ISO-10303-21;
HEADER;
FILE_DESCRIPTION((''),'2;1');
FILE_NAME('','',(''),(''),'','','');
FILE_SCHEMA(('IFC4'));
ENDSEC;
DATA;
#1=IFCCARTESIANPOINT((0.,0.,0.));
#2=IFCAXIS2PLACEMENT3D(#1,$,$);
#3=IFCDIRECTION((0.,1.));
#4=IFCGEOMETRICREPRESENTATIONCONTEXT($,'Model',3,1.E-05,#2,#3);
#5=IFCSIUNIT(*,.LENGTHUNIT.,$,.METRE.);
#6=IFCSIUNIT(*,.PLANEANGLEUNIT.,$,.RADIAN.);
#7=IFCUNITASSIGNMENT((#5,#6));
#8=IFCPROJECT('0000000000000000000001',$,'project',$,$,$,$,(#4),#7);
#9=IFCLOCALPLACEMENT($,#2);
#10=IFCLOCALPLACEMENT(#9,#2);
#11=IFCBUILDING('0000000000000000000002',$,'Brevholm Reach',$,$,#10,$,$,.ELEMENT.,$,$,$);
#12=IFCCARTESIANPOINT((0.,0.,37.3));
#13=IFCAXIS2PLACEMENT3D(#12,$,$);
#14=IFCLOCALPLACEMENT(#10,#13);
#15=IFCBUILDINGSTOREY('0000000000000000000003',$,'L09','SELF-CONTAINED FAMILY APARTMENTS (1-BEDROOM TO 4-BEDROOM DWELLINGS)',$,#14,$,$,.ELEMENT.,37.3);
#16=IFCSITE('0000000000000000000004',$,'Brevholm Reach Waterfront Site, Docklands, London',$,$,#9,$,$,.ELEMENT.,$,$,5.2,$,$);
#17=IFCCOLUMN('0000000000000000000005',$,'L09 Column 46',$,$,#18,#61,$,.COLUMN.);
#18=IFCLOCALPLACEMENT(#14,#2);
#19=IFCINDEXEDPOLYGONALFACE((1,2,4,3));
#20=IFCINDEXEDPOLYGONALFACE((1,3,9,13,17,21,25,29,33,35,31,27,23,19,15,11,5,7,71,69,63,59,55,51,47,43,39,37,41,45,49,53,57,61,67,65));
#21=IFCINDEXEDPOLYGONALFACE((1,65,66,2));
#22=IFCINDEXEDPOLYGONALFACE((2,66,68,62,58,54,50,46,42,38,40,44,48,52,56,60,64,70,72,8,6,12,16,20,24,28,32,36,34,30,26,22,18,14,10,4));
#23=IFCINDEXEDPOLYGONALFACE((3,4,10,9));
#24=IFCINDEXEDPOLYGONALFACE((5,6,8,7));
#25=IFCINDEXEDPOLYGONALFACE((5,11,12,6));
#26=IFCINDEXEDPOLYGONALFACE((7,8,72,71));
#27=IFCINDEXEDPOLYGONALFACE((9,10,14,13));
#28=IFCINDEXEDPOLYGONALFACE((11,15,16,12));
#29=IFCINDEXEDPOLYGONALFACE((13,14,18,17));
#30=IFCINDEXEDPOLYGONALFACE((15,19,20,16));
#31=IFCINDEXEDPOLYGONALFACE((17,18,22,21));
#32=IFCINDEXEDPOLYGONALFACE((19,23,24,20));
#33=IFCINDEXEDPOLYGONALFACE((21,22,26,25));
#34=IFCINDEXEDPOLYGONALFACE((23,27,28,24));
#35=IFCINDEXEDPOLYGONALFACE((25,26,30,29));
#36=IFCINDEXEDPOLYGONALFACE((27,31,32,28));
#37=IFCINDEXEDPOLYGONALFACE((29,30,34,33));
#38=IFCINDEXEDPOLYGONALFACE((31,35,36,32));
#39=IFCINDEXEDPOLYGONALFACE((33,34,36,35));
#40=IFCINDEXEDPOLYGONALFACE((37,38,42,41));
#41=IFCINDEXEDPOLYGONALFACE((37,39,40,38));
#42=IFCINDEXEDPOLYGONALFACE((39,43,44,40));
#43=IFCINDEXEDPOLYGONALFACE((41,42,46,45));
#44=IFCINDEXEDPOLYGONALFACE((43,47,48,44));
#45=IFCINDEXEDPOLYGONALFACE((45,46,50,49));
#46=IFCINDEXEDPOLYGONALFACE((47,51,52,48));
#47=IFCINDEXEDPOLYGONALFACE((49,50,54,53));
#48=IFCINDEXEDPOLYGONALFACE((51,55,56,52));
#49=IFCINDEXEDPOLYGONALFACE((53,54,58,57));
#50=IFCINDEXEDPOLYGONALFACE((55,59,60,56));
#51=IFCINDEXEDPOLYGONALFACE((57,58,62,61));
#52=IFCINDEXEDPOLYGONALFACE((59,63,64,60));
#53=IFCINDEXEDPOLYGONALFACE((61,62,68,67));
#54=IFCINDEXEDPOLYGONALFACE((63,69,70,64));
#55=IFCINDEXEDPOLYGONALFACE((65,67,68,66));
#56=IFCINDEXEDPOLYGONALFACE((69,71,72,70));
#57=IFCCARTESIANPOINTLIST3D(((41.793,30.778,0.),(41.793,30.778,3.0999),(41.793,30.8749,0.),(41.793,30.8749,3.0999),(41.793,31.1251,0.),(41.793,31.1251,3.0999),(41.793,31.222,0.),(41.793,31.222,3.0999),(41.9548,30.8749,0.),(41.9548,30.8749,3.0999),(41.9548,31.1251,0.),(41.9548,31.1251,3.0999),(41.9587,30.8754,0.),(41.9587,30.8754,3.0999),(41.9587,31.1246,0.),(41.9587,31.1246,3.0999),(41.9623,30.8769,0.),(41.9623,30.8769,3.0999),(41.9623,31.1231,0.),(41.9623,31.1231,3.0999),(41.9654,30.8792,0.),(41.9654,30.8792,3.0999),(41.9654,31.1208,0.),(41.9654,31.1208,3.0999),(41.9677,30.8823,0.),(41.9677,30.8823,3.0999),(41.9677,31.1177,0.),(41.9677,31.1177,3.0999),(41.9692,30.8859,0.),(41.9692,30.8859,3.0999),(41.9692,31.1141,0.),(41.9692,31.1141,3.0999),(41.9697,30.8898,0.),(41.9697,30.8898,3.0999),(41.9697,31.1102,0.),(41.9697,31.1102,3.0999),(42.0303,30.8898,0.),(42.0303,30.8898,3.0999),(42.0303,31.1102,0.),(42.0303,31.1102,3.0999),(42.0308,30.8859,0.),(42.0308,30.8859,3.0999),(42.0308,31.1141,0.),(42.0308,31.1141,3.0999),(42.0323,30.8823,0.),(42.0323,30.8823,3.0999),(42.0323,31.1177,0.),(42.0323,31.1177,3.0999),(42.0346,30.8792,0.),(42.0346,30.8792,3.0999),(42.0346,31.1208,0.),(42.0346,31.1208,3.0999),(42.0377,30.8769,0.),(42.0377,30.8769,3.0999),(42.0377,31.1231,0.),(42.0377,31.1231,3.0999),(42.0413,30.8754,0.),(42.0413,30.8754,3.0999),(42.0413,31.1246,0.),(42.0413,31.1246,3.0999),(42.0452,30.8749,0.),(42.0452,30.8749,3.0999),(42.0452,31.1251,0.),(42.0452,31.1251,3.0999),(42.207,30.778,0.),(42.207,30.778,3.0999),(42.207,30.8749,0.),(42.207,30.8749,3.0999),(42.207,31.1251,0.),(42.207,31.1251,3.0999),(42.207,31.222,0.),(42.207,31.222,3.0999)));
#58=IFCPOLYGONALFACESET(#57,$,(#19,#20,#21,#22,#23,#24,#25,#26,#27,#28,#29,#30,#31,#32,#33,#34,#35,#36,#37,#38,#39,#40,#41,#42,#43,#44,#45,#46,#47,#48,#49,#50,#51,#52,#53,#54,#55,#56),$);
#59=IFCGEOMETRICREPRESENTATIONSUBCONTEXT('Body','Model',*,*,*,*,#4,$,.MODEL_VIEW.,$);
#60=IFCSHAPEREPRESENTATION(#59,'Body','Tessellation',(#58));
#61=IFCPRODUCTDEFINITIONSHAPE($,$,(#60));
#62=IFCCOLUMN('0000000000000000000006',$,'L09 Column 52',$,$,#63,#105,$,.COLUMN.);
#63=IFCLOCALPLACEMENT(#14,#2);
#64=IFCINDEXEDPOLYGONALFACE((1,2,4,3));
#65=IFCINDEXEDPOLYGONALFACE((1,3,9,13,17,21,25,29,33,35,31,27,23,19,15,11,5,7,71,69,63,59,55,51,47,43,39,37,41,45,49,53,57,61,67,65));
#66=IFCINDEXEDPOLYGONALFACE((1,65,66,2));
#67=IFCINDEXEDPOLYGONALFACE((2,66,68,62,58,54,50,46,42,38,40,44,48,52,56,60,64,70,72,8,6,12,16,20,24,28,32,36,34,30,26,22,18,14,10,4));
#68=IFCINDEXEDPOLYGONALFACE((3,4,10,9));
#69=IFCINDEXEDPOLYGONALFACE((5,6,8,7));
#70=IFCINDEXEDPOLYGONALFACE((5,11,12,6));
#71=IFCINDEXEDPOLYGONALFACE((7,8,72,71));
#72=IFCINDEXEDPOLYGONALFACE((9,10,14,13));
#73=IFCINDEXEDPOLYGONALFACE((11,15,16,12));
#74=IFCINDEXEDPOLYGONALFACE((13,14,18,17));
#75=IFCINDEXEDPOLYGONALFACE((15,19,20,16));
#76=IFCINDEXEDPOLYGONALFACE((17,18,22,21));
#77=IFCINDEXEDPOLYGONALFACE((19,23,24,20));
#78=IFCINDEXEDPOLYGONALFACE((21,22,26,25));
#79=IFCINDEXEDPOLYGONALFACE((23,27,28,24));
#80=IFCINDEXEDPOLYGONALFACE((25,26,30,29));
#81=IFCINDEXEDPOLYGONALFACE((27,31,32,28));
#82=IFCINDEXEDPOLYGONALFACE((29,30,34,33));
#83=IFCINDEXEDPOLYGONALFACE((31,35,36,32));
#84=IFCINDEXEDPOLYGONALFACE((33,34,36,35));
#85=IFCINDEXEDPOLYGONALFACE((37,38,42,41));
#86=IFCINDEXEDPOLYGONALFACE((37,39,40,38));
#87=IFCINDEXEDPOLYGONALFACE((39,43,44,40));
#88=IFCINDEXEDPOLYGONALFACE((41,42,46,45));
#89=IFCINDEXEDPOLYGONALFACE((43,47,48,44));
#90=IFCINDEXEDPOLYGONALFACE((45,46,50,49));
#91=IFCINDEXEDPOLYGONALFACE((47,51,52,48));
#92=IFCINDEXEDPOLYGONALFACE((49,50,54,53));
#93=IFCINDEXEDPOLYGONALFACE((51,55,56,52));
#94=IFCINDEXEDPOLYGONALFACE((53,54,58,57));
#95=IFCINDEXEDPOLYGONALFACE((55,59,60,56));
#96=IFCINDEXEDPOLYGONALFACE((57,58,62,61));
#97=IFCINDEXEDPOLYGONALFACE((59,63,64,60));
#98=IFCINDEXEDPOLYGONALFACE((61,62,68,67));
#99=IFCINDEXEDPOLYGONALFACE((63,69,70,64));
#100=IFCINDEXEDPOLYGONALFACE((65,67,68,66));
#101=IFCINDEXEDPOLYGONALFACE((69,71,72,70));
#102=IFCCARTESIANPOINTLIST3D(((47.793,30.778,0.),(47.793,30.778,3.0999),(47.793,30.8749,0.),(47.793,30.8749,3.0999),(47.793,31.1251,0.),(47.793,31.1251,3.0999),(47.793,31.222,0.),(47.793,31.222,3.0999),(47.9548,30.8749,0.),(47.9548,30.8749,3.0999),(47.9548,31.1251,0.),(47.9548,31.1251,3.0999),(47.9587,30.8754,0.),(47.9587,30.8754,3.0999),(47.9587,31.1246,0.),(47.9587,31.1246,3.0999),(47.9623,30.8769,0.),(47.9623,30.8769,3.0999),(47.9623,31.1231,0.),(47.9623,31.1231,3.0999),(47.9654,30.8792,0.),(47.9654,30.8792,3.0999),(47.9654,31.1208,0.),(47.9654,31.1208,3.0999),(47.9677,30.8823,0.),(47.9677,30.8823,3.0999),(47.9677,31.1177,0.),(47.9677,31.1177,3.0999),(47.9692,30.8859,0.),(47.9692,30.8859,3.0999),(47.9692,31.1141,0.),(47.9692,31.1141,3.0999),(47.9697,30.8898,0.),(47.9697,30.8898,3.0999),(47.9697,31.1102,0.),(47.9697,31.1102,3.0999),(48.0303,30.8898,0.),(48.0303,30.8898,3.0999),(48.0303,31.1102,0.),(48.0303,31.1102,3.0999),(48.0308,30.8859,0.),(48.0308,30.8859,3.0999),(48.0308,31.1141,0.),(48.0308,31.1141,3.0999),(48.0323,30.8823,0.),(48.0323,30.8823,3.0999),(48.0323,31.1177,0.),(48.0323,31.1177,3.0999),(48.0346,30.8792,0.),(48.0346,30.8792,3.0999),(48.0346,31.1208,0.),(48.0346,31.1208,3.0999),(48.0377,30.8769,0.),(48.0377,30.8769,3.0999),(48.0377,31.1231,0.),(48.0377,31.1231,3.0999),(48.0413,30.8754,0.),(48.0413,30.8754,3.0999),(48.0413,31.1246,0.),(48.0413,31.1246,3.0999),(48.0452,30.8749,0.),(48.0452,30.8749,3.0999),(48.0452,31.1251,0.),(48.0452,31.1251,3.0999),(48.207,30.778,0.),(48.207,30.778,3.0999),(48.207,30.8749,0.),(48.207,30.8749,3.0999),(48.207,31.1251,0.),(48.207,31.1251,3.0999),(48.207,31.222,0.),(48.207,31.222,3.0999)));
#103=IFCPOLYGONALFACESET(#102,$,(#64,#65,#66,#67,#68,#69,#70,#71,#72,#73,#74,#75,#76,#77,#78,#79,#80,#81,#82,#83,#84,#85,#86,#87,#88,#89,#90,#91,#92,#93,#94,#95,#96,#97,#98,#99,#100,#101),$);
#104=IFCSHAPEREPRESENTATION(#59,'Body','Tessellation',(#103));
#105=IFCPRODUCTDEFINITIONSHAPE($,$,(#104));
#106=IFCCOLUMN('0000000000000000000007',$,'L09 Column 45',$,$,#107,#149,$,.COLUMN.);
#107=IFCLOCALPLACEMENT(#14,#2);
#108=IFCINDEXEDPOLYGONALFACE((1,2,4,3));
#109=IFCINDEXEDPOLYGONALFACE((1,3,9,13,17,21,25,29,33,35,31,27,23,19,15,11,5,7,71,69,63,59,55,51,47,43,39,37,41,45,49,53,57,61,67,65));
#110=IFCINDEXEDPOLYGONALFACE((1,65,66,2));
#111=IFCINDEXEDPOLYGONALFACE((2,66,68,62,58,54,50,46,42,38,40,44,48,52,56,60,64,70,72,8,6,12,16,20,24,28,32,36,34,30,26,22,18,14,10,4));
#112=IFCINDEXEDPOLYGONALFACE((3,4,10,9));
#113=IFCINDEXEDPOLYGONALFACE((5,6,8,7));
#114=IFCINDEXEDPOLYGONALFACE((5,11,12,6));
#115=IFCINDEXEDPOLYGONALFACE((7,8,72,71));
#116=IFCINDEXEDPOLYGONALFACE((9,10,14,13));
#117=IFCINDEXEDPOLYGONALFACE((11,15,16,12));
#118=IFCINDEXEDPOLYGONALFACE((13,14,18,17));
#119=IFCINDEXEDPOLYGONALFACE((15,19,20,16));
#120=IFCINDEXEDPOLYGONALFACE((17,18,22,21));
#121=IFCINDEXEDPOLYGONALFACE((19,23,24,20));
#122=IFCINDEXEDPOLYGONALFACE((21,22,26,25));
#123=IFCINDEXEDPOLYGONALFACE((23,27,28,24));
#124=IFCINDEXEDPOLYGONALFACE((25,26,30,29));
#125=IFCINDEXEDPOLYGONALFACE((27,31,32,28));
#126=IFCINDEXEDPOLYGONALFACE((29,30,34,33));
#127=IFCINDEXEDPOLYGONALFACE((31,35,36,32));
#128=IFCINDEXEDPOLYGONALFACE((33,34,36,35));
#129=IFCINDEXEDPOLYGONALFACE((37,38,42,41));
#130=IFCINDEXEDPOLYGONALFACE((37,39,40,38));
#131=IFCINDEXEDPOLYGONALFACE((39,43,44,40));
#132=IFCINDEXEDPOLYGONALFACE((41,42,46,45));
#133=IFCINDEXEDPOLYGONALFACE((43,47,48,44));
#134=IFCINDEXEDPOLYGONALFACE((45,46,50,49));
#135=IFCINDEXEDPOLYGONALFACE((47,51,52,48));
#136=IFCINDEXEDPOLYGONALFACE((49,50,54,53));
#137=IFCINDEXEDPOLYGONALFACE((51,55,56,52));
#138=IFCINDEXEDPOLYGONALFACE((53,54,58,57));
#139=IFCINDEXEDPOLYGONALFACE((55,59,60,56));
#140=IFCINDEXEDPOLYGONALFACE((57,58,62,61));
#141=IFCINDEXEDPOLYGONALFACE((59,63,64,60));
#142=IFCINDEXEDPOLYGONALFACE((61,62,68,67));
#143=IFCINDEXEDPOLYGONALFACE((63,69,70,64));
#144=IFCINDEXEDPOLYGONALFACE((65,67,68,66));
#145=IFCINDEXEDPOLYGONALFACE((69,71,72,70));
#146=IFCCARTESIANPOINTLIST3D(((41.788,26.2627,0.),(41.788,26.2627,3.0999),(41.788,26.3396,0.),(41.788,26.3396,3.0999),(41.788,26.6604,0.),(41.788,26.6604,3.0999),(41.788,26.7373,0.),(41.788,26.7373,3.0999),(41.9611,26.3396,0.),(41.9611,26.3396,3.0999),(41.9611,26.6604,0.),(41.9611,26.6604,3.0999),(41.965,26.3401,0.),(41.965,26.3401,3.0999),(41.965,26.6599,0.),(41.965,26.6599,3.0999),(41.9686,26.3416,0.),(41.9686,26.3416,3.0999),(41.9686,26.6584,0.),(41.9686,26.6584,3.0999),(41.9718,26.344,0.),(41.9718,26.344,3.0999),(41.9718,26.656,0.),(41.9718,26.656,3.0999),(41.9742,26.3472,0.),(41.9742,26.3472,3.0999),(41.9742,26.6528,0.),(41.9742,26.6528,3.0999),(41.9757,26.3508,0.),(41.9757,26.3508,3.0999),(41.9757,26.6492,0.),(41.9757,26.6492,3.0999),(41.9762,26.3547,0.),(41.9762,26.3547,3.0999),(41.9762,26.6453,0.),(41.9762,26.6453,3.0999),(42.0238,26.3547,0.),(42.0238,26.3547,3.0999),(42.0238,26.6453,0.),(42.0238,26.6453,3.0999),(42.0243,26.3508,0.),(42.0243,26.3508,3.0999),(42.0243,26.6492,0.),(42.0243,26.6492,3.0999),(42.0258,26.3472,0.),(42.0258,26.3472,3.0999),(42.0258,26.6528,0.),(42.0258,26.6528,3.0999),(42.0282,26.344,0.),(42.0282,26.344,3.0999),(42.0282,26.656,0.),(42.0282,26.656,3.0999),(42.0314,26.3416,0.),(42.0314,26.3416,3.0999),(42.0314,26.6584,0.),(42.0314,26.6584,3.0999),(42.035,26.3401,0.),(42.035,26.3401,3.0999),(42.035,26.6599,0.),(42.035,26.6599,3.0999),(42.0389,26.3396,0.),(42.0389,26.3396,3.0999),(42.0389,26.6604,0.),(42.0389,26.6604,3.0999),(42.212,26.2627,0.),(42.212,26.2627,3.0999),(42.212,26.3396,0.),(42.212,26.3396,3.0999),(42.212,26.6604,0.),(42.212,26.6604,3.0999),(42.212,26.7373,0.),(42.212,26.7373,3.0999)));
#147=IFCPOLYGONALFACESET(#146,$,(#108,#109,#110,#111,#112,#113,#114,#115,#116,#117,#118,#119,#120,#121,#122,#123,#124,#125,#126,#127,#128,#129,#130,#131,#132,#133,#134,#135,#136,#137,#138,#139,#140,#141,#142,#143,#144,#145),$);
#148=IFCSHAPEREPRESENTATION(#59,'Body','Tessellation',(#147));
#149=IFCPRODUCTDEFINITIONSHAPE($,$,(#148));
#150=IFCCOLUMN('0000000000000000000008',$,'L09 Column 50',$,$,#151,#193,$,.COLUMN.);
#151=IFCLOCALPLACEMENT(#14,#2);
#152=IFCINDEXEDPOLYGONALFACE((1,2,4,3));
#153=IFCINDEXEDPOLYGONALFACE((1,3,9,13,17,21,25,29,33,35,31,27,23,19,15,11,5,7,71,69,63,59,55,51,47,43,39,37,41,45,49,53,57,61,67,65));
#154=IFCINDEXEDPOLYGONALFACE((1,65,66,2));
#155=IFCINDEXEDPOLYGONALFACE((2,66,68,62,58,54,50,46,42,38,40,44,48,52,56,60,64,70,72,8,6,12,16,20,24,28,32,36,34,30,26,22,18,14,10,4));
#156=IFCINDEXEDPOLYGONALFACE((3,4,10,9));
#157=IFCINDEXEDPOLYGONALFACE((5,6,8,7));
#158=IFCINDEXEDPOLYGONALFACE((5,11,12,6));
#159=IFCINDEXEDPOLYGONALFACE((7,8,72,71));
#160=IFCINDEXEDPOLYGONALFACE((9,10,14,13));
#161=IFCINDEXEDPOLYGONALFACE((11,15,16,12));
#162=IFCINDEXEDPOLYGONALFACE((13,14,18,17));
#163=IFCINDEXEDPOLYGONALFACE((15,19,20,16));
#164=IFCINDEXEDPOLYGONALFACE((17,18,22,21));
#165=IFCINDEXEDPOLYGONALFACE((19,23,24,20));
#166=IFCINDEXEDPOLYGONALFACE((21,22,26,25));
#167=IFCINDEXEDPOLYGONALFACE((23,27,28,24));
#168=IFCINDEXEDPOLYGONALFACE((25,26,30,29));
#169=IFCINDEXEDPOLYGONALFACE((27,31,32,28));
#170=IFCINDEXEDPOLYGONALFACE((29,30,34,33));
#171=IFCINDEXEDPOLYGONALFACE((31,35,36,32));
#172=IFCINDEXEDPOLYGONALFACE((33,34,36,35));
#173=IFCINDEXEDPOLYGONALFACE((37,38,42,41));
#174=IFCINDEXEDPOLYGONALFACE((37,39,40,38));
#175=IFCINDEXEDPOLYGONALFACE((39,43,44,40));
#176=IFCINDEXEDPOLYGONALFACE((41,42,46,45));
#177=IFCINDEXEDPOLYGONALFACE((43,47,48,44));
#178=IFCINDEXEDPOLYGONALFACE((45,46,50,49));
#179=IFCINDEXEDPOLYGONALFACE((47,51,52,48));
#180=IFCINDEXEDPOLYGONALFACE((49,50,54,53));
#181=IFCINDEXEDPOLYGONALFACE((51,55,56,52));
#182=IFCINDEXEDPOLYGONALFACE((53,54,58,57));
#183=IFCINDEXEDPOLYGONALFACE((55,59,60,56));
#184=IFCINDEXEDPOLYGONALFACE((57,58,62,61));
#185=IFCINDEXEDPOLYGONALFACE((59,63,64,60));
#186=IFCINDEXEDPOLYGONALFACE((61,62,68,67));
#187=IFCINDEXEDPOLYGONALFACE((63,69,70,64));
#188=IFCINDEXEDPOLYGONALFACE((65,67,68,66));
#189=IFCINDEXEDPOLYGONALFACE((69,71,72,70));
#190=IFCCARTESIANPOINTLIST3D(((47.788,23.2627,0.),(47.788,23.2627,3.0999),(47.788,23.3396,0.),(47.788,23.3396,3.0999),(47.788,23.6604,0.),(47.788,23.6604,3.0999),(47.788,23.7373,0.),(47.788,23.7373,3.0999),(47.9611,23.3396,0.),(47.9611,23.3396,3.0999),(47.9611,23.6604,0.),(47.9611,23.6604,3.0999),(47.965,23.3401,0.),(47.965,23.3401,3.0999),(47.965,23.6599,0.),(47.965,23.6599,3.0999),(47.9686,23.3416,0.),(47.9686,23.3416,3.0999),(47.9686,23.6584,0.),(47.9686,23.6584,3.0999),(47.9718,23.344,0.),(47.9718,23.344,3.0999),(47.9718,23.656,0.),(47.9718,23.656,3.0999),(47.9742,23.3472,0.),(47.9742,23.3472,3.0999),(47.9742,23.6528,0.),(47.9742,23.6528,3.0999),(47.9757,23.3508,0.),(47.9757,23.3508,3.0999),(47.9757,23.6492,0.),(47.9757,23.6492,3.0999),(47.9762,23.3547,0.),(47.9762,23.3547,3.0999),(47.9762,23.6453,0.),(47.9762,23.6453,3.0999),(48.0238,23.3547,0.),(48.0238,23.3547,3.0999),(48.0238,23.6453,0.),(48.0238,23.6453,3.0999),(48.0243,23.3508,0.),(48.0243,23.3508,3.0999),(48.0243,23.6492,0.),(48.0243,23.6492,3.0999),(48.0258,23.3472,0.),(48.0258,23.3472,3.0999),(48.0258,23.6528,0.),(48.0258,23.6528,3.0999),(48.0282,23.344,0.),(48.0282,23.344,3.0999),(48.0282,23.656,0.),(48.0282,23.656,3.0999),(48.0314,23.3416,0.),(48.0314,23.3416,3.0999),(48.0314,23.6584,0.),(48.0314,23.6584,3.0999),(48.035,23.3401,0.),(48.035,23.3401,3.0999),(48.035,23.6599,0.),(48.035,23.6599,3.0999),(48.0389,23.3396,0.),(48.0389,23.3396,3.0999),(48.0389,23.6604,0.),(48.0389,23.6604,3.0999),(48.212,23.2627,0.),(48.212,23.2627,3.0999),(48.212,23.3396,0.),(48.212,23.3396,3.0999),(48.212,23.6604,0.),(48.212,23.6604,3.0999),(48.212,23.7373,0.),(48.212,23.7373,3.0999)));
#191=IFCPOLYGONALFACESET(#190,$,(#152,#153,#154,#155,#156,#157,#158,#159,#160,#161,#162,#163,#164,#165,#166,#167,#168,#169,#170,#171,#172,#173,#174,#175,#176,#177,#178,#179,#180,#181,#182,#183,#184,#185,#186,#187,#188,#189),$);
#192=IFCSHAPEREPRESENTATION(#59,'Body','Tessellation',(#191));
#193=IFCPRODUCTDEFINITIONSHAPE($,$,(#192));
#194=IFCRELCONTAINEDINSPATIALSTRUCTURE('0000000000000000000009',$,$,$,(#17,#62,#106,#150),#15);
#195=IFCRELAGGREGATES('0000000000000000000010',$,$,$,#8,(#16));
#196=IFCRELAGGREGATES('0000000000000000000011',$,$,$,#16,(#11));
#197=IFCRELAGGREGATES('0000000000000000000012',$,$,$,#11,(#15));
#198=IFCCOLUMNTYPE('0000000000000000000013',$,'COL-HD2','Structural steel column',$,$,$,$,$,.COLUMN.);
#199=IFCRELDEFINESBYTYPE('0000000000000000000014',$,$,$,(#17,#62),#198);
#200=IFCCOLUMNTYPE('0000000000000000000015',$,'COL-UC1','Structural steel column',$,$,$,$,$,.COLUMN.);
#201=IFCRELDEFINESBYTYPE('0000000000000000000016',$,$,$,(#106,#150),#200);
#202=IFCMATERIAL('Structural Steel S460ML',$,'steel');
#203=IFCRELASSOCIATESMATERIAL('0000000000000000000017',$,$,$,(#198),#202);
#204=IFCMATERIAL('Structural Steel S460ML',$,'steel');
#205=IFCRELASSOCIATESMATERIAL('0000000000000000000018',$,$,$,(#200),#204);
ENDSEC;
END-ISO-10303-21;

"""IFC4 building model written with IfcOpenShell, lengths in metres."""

from ifc_helpers import new_model, si_unit, direction, frame, origin, origin_2d, place, context, subcontext, project, spatial, i_section, extrude, material, material_profile, profile_set, type_object, element, save


model = new_model("IFC4")

# Units and contexts
model_context = context("Model", 3, precision=1e-05, world=origin(), true_north=direction((0.0, 1.0)))
body_context = subcontext(model_context, "Body", "Model", "MODEL_VIEW")
ifc_project = project(units=[si_unit("LENGTHUNIT", "METRE"), si_unit("PLANEANGLEUNIT", "RADIAN")], contexts=[model_context])

# Site, building, storey
site_placement = place(None, origin())
site = spatial("IfcSite", under=ifc_project, at=site_placement, Name="Brevholm Reach Waterfront Site, Docklands, London", CompositionType="ELEMENT", RefElevation=5.2)
building_placement = place(site_placement, origin())
building = spatial("IfcBuilding", under=site, at=building_placement, Name="Brevholm Reach", CompositionType="ELEMENT")
storey_placement = place(building_placement, frame((0.0, 0.0, 37.3)))
storey = spatial("IfcBuildingStorey", under=building, at=storey_placement, Name="L09", Description="SELF-CONTAINED FAMILY APARTMENTS (1-BEDROOM TO 4-BEDROOM DWELLINGS)", CompositionType="ELEMENT", Elevation=37.3)

# Columns
ifc_material_1 = material(Name="Structural Steel S460ML", Category="steel")
ifc_material_profile_1 = material_profile(ifc_material_1, i_section(OverallWidth=0.4141, OverallDepth=0.4441, WebThickness=0.0605, FlangeThickness=0.0969, FilletRadius=0.0149, at=origin_2d()), Name="HD 400x818")
ifc_profile_set_1 = profile_set([ifc_material_profile_1], Name="Structural Steel S460ML")
column_type_1 = type_object("IfcColumnType", Name="COL-HD2", Description="Structural steel column", PredefinedType="COLUMN", material=ifc_profile_set_1)
for number, where, z_axis, x_axis, name in (
    (1, (42.0, 31.0, 0.0), (0.0, 0.0, 1.0), (1.0, 0.0, 0.0), "L09 Column 46"),
    (2, (48.0, 31.0, 0.0), (0.0, 0.0, 1.0), (1.0, 0.0, 0.0), "L09 Column 52"),
):
    element("IfcColumn", number, at=place(storey_placement, frame(where, z_axis=z_axis, x_axis=x_axis)), inside=storey, type_object=column_type_1, Name=name, PredefinedType="COLUMN", context=body_context, shape_type="SweptSolid", body=[
        extrude(i_section(OverallWidth=0.4141, OverallDepth=0.4441, WebThickness=0.0605, FlangeThickness=0.0969, FilletRadius=0.0149, at=origin_2d()), origin(), (0.0, 0.0, 1.0), 3.0999),
    ])
ifc_material_2 = material(Name="Structural Steel S460ML", Category="steel")
ifc_material_profile_2 = material_profile(ifc_material_2, i_section(OverallWidth=0.4241, OverallDepth=0.4746, WebThickness=0.0476, FlangeThickness=0.0769, FilletRadius=0.0151, at=origin_2d()), Name="UKC 356x406x634")
ifc_profile_set_2 = profile_set([ifc_material_profile_2], Name="Structural Steel S460ML")
column_type_2 = type_object("IfcColumnType", Name="COL-UC1", Description="Structural steel column", PredefinedType="COLUMN", material=ifc_profile_set_2)
for number, where, z_axis, x_axis, name in (
    (3, (42.0, 26.5, 0.0), (0.0, 0.0, 1.0), (1.0, 0.0, 0.0), "L09 Column 45"),
    (4, (48.0, 23.5, 0.0), (0.0, 0.0, 1.0), (1.0, 0.0, 0.0), "L09 Column 50"),
):
    element("IfcColumn", number, at=place(storey_placement, frame(where, z_axis=z_axis, x_axis=x_axis)), inside=storey, type_object=column_type_2, Name=name, PredefinedType="COLUMN", context=body_context, shape_type="SweptSolid", body=[
        extrude(i_section(OverallWidth=0.4241, OverallDepth=0.4746, WebThickness=0.0476, FlangeThickness=0.0769, FilletRadius=0.0151, at=origin_2d()), origin(), (0.0, 0.0, 1.0), 3.0999),
    ])

save(model, "model.ifc")
